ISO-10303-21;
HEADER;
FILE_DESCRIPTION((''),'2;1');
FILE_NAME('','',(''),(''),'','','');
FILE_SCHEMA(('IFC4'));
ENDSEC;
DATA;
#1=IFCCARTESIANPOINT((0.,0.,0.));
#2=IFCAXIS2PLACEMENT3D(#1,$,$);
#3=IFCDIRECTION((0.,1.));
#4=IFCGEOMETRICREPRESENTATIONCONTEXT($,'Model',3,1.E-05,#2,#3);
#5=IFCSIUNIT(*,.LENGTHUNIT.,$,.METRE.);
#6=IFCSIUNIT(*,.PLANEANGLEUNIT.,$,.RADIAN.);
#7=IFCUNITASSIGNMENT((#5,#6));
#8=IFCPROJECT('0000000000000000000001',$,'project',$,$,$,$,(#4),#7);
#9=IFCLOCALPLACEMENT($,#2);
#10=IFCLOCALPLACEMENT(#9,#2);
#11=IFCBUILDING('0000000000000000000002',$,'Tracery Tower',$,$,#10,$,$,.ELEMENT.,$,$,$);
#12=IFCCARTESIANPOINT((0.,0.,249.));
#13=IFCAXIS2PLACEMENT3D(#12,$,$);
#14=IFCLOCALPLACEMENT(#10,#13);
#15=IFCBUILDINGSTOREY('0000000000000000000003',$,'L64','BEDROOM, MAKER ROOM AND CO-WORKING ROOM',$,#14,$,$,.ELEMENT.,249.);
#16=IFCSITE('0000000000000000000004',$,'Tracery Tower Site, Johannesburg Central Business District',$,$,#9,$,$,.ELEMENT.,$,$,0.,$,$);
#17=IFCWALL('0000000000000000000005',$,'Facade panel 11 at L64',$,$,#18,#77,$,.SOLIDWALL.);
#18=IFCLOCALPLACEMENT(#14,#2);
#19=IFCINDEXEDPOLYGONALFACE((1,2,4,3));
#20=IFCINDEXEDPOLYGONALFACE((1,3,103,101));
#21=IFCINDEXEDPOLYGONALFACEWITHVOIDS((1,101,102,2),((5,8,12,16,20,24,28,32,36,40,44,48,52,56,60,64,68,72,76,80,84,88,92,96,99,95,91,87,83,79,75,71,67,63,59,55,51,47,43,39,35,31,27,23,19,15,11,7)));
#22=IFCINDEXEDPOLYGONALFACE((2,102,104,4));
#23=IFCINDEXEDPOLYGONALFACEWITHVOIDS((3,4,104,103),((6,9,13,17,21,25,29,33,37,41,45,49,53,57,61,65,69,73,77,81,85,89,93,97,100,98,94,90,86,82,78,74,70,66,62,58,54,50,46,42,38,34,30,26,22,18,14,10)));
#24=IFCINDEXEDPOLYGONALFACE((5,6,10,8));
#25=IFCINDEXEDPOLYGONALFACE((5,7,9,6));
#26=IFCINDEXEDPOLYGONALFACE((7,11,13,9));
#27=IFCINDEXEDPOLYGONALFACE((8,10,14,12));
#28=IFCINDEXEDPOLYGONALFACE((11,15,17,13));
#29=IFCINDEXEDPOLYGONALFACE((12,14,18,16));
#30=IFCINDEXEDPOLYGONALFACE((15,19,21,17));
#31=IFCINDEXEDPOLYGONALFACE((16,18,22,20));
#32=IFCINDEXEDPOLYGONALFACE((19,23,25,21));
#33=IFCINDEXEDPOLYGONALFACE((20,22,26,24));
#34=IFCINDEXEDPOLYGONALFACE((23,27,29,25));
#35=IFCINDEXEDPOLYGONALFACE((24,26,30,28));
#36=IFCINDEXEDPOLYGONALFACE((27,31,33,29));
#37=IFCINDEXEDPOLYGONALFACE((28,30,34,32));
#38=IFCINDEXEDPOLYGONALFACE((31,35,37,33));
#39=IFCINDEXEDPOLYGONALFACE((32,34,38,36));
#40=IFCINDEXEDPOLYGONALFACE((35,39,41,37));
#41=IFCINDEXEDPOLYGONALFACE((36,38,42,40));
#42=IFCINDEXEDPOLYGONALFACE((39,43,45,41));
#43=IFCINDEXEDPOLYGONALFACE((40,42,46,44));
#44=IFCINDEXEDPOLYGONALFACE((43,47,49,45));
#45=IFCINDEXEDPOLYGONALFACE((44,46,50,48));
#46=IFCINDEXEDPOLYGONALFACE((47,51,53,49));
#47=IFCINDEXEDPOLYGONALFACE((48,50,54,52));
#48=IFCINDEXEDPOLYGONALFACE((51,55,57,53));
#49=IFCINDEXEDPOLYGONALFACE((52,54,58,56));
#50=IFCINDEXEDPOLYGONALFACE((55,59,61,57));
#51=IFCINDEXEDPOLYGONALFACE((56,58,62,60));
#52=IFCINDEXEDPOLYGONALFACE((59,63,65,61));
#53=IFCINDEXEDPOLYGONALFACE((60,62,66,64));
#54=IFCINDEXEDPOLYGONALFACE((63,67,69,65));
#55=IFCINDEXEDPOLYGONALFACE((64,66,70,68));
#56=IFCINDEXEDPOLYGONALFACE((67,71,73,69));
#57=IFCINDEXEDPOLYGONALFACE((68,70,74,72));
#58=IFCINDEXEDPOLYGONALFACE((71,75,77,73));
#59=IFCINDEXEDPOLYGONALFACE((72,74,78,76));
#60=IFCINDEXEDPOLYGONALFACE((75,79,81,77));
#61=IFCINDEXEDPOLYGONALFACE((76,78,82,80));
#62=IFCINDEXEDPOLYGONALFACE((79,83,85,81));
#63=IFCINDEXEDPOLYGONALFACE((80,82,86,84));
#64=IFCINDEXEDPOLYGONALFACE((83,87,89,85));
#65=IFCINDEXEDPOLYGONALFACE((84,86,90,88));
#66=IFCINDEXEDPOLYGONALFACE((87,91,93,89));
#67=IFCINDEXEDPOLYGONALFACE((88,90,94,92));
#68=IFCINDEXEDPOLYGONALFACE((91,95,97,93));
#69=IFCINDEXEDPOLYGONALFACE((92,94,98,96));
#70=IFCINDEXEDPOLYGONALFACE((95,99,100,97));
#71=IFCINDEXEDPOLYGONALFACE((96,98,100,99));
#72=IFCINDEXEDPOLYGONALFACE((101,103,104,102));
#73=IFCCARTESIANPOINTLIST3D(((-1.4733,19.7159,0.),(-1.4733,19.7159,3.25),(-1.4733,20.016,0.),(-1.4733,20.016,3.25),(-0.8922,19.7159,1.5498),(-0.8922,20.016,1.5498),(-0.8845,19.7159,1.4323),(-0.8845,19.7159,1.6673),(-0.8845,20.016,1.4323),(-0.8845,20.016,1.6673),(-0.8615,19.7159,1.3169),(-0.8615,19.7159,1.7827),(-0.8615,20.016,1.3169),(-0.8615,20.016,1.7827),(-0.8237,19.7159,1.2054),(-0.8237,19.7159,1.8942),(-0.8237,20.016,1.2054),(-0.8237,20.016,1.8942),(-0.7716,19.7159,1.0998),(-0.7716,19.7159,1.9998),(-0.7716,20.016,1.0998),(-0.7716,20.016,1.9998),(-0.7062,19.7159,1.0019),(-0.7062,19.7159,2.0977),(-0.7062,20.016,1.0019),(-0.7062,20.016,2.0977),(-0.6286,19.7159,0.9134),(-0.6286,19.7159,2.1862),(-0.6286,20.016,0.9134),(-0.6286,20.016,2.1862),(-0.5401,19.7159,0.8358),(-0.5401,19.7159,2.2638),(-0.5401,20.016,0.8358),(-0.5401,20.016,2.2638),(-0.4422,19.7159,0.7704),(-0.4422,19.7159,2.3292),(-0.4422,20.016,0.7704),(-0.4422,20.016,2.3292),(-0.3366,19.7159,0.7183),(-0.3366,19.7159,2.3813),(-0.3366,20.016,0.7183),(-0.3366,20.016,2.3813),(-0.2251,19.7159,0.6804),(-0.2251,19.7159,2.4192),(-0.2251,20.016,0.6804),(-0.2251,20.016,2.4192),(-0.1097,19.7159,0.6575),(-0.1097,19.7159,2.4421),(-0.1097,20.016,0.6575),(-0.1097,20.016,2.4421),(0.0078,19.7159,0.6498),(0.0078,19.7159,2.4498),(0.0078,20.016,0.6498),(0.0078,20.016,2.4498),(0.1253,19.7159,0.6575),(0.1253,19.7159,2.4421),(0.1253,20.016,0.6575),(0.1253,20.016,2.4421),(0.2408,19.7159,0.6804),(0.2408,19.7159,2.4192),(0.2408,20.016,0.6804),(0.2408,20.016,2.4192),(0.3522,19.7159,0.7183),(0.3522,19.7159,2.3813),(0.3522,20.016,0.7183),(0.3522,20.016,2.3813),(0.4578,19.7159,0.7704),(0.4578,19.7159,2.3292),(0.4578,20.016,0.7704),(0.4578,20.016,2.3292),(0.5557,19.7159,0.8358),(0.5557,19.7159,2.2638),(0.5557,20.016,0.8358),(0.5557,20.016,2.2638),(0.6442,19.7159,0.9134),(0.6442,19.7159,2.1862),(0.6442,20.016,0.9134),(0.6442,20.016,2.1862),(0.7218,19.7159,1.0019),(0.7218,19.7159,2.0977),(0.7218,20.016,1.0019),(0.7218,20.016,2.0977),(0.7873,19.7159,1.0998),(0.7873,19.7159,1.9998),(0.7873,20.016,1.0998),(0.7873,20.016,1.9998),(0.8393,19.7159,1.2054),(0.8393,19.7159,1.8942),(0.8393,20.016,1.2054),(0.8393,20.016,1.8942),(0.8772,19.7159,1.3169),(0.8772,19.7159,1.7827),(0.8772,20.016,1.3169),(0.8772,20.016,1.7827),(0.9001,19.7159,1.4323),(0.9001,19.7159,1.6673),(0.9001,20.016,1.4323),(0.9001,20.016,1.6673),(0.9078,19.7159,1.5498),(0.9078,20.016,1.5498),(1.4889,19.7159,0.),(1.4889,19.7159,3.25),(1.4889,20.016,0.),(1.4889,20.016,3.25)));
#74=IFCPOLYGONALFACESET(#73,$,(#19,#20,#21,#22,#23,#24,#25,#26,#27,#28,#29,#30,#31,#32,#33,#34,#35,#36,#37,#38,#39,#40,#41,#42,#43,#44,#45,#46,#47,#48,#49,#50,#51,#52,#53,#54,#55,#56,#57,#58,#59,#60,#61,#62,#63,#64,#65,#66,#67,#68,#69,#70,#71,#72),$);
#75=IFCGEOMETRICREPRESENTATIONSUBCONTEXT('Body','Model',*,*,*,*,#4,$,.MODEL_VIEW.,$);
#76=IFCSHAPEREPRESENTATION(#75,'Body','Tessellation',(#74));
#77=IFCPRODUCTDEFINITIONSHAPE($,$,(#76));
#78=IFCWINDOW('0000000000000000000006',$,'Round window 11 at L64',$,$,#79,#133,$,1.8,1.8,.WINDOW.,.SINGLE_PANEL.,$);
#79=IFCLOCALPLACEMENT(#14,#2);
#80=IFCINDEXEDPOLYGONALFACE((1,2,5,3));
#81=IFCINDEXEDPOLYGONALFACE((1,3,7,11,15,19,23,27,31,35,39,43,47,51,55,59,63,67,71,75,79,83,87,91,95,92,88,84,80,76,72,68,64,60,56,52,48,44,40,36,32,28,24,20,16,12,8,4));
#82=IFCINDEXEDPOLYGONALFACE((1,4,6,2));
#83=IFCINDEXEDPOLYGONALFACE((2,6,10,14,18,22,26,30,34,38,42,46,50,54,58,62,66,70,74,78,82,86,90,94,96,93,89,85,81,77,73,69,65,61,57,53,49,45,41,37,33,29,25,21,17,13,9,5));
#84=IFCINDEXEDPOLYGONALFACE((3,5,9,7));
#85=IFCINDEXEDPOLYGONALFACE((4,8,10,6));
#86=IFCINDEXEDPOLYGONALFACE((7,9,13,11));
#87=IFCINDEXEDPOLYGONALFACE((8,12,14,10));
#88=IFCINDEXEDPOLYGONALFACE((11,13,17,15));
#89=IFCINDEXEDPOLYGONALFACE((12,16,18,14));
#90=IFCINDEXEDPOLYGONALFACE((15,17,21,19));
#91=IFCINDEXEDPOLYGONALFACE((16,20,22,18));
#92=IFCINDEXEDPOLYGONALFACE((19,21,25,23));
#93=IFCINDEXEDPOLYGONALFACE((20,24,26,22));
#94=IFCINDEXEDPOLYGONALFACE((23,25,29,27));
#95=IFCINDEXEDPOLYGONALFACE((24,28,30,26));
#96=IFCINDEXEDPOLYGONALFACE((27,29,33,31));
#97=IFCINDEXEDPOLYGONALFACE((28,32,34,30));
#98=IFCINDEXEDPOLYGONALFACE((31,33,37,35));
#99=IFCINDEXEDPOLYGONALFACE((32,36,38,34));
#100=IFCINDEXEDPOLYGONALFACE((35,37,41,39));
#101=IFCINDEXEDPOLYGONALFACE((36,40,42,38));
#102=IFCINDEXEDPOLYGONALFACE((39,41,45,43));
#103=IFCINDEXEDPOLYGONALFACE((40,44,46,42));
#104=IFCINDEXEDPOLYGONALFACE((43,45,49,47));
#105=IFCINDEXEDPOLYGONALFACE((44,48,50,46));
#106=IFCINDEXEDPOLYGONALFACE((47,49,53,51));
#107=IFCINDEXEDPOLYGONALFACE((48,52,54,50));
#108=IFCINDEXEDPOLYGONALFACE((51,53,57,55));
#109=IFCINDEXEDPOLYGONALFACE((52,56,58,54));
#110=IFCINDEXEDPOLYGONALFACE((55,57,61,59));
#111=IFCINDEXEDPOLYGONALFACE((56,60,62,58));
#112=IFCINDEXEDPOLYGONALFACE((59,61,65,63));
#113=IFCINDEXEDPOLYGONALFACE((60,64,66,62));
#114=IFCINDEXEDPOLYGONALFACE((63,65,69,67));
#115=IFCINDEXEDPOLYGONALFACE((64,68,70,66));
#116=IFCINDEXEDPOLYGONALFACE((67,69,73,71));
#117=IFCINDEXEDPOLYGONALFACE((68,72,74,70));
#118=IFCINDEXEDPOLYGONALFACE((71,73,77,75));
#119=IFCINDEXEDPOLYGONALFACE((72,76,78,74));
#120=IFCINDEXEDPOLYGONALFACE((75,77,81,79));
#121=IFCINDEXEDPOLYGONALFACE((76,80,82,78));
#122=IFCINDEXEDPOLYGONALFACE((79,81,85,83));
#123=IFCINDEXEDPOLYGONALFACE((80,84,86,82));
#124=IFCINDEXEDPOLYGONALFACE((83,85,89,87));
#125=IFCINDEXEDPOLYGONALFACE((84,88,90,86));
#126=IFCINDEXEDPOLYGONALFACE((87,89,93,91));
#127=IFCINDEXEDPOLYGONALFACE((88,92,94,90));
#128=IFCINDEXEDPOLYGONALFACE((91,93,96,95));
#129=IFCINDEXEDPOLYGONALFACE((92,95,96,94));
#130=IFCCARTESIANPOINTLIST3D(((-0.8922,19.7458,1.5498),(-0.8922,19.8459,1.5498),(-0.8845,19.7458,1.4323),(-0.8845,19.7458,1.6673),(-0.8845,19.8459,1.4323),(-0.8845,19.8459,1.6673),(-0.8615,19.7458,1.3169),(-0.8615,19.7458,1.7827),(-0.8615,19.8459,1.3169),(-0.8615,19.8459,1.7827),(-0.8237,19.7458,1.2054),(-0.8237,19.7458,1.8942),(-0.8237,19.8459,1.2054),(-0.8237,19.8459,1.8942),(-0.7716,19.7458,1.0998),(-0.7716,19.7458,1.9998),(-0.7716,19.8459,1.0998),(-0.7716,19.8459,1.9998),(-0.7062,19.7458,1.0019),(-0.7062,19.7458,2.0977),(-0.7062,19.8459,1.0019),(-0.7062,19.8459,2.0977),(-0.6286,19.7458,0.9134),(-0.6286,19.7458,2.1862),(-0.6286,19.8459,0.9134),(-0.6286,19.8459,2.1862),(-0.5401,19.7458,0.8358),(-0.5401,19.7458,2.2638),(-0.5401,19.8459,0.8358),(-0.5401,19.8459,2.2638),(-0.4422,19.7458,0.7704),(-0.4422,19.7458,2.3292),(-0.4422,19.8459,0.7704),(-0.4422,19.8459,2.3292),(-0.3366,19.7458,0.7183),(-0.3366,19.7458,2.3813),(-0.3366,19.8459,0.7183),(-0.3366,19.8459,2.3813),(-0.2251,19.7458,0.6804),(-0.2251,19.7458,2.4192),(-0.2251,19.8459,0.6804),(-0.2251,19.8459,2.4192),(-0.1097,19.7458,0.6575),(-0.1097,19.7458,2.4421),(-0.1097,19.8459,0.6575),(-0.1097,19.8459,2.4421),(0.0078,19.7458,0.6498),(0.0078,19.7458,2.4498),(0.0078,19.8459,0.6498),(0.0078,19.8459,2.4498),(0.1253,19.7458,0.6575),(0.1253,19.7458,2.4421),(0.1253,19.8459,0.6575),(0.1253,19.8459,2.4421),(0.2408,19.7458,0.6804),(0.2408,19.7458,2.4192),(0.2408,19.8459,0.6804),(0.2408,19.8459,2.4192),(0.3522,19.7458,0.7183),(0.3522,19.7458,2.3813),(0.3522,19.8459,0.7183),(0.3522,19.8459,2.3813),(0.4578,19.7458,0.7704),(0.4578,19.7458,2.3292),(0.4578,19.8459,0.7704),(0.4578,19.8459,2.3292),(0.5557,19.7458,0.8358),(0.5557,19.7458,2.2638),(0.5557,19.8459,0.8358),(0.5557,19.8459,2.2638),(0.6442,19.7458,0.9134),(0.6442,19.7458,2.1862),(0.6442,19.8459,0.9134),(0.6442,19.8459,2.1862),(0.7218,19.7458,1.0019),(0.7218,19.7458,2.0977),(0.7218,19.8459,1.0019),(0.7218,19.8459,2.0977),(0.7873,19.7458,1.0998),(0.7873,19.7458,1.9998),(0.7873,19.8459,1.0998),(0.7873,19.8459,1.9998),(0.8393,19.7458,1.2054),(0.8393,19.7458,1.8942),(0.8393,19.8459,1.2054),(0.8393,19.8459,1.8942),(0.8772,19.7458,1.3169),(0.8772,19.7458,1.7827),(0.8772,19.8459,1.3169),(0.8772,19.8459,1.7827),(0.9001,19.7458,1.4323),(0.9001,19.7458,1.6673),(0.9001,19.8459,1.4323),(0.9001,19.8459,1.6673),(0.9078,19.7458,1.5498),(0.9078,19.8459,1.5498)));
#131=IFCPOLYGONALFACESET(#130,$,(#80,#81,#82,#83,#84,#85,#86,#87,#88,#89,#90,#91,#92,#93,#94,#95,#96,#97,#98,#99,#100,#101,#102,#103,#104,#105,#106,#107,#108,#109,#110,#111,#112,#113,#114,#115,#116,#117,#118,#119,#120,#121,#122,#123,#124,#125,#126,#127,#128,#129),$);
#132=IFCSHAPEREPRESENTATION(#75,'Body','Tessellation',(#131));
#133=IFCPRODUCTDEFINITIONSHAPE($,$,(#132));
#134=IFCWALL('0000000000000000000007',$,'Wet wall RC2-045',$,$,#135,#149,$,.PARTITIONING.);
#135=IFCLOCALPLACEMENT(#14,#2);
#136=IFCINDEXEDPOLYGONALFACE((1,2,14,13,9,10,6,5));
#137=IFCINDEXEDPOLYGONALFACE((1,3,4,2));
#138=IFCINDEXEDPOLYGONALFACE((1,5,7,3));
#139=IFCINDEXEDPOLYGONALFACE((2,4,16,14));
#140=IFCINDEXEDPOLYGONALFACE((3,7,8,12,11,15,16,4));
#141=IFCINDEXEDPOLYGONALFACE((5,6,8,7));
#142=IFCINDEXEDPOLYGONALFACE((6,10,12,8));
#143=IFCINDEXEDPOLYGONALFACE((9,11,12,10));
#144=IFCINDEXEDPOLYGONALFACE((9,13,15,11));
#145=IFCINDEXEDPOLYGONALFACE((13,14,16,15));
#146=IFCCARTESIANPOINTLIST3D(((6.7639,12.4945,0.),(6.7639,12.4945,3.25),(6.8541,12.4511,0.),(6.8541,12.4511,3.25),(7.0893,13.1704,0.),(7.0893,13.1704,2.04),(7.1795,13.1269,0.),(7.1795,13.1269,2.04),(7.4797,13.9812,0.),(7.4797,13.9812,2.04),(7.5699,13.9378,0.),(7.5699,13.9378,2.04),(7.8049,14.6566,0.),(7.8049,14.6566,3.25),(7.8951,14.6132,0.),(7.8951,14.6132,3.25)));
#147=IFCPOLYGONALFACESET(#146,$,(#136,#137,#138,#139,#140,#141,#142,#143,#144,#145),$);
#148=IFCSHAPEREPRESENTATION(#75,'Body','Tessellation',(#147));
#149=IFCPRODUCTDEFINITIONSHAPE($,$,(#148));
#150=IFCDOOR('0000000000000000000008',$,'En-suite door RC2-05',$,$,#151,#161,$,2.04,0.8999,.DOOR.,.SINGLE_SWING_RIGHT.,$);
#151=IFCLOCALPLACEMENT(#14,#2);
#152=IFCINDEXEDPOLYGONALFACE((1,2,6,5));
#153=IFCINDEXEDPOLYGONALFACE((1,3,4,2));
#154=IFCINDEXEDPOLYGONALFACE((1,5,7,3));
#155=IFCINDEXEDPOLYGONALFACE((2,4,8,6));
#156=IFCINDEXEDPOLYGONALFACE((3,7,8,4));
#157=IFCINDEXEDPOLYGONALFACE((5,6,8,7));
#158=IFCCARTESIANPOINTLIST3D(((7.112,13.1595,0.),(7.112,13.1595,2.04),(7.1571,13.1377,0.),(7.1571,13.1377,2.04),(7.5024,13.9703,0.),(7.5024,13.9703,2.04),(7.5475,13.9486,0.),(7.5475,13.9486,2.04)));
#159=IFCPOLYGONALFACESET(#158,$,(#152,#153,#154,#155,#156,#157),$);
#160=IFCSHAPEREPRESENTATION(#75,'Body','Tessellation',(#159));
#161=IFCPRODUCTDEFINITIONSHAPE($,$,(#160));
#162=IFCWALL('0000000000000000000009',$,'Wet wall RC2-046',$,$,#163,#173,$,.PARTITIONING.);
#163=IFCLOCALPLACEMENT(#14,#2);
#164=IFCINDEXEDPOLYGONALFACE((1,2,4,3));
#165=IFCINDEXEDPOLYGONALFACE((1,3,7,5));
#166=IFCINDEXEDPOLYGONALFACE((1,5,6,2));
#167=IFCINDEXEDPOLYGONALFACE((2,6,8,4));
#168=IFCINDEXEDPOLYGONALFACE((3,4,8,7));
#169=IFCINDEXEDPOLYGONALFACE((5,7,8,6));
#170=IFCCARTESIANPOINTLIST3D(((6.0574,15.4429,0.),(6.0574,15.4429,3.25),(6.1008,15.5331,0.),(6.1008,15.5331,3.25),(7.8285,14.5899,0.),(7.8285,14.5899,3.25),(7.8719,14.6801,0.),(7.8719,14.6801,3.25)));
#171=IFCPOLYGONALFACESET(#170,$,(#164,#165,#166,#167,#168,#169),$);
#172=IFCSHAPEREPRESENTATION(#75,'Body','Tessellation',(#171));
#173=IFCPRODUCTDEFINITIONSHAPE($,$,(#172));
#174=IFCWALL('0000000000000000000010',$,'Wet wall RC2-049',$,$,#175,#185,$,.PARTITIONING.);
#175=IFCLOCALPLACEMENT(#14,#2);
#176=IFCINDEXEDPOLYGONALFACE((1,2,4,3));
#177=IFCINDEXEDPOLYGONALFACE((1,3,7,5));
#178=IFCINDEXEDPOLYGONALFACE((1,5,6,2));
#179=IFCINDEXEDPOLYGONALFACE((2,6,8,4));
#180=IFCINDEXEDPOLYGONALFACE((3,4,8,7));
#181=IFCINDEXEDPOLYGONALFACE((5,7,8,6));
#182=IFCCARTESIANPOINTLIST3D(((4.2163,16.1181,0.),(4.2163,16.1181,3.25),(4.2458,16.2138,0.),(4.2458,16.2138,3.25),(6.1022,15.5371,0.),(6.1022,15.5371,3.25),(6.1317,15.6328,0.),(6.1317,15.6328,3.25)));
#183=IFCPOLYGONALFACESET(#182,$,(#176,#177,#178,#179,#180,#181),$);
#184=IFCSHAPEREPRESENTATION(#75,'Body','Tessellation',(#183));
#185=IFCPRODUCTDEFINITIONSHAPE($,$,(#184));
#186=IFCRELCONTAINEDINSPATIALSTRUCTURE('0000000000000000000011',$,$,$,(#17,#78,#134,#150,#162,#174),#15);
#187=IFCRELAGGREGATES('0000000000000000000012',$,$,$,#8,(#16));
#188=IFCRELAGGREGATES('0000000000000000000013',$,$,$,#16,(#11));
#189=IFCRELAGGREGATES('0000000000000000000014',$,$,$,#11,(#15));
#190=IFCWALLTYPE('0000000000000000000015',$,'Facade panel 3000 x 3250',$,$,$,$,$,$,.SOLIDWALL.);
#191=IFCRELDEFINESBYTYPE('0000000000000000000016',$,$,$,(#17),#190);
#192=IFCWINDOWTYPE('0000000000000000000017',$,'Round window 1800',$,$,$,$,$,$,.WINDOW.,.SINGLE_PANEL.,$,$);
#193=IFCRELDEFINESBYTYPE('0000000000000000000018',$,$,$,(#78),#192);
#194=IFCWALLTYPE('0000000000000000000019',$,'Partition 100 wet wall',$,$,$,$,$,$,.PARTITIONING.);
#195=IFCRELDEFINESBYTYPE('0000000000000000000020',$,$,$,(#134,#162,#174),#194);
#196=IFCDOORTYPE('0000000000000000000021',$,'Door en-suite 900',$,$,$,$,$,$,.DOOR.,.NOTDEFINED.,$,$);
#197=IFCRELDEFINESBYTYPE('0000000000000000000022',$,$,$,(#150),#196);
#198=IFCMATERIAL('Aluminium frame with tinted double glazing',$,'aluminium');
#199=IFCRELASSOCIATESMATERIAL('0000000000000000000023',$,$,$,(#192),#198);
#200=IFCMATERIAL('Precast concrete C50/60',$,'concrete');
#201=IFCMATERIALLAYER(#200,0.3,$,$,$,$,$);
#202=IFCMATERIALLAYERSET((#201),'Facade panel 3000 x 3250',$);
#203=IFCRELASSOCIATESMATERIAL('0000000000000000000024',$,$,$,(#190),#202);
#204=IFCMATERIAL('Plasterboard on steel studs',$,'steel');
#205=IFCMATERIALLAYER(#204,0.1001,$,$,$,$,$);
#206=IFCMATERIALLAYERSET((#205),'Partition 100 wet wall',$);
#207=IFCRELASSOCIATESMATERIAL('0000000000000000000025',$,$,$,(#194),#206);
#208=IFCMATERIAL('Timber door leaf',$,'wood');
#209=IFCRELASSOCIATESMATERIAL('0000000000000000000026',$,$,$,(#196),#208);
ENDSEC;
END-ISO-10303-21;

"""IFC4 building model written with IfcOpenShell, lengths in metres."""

from ifc_helpers import new_model, si_unit, direction, frame, frame_2d, origin, origin_2d, place, context, subcontext, project, spatial, rectangle, circle, extrude, material, layer, layer_set, type_object, element, fill, save


model = new_model("IFC4")

# Units and contexts
model_context = context("Model", 3, precision=1e-05, world=origin(), true_north=direction((0.0, 1.0)))
body_context = subcontext(model_context, "Body", "Model", "MODEL_VIEW")
ifc_project = project(units=[si_unit("LENGTHUNIT", "METRE"), si_unit("PLANEANGLEUNIT", "RADIAN")], contexts=[model_context])

# Site, building, storey
site_placement = place(None, origin())
site = spatial("IfcSite", under=ifc_project, at=site_placement, Name="Tracery Tower Site, Johannesburg Central Business District", CompositionType="ELEMENT", RefElevation=0.0)
building_placement = place(site_placement, origin())
building = spatial("IfcBuilding", under=site, at=building_placement, Name="Tracery Tower", CompositionType="ELEMENT")
storey_placement = place(building_placement, frame((0.0, 0.0, 249.0)))
storey = spatial("IfcBuildingStorey", under=building, at=storey_placement, Name="L64", Description="BEDROOM, MAKER ROOM AND CO-WORKING ROOM", CompositionType="ELEMENT", Elevation=249.0)

# Wall, opening, window
ifc_material_1 = material(Name="Aluminium frame with tinted double glazing", Category="aluminium")
window_type = type_object("IfcWindowType", Name="Round window 1800", PartitioningType="SINGLE_PANEL", PredefinedType="WINDOW", material=ifc_material_1)
ifc_material_2 = material(Name="Precast concrete C50/60", Category="concrete")
ifc_layer_1 = layer(ifc_material_2, 0.3)
ifc_layer_set_1 = layer_set([ifc_layer_1], Name="Facade panel 3000 x 3250")
wall_type_1 = type_object("IfcWallType", Name="Facade panel 3000 x 3250", PredefinedType="SOLIDWALL", material=ifc_layer_set_1)
wall_1_placement = place(storey_placement, frame((1.4888, 19.866, 0.0), z_axis=(0.0, 0.0, 1.0), x_axis=(-1.0, 0.0, 0.0)))
wall_1 = element("IfcWall", 1, at=wall_1_placement, inside=storey, type_object=wall_type_1, Name="Facade panel 11 at L64", PredefinedType="SOLIDWALL", context=body_context, shape_type="SweptSolid", body=[
    extrude(rectangle(XDim=2.9622, YDim=0.3, at=frame_2d((1.481, 0.0))), origin(), (0.0, 0.0, 1.0), 3.25),
])
opening_1_placement = place(wall_1_placement, frame((1.481, 0.0, 1.5498)))
opening_1 = element("IfcOpeningElement", 2, at=opening_1_placement, cuts=wall_1, PredefinedType="OPENING", context=body_context, shape_type="SweptSolid", body=[
    extrude(circle(Radius=0.9, at=origin_2d()), frame((0.0, 0.1599, 0.0), z_axis=(0.0, -1.0, 0.0), x_axis=(1.0, 0.0, 0.0)), (0.0, 0.0, 1.0), 0.3201),
])
window_1_placement = place(opening_1_placement, origin())
window_1 = element("IfcWindow", 3, at=window_1_placement, inside=storey, type_object=window_type, Name="Round window 11 at L64", OverallHeight=1.8, OverallWidth=1.8, PartitioningType="SINGLE_PANEL", PredefinedType="WINDOW", context=body_context, shape_type="SweptSolid", body=[
    extrude(circle(Radius=0.9, at=origin_2d()), frame((0.0, 0.1201, 0.0), z_axis=(0.0, -1.0, 0.0), x_axis=(1.0, 0.0, 0.0)), (0.0, 0.0, 1.0), 0.1001),
])
fill(opening_1, window_1)

# Wall, opening, door
ifc_material_3 = material(Name="Plasterboard on steel studs", Category="steel")
ifc_layer_2 = layer(ifc_material_3, 0.1001)
ifc_layer_set_2 = layer_set([ifc_layer_2], Name="Partition 100 wet wall")
wall_type_2 = type_object("IfcWallType", Name="Partition 100 wet wall", PredefinedType="PARTITIONING", material=ifc_layer_set_2)
wall_2_placement = place(storey_placement, frame((6.8091, 12.4729, 0.0), z_axis=(0.0, 0.0, 1.0), x_axis=(0.433816, 0.901002, 0.0)))
wall_2 = element("IfcWall", 4, at=wall_2_placement, inside=storey, type_object=wall_type_2, Name="Wet wall RC2-045", PredefinedType="PARTITIONING", context=body_context, shape_type="SweptSolid", body=[
    extrude(rectangle(XDim=2.3997, YDim=0.1001, at=frame_2d((1.1997, 0.0))), origin(), (0.0, 0.0, 1.0), 3.25),
])
opening_2_placement = place(wall_2_placement, frame((0.75, 0.0, 0.0)))
opening_2 = element("IfcOpeningElement", 5, at=opening_2_placement, cuts=wall_2, PredefinedType="OPENING", context=body_context, shape_type="SweptSolid", body=[
    extrude(rectangle(XDim=0.8999, YDim=2.04, at=frame_2d((0.45, 1.02))), frame((0.0, 0.05, 0.0), z_axis=(0.0, -1.0, 0.0), x_axis=(1.0, 0.0, 0.0)), (0.0, 0.0, 1.0), 0.1001),
])
ifc_material_4 = material(Name="Timber door leaf", Category="wood")
door_type_1 = type_object("IfcDoorType", Name="Door en-suite 900", OperationType="NOTDEFINED", PredefinedType="DOOR", material=ifc_material_4)
door_1_placement = place(opening_2_placement, origin())
door_1 = element("IfcDoor", 6, at=door_1_placement, inside=storey, type_object=door_type_1, Name="En-suite door RC2-05", OperationType="SINGLE_SWING_RIGHT", OverallHeight=2.04, OverallWidth=0.8999, PredefinedType="DOOR", context=body_context, shape_type="SweptSolid", body=[
    extrude(rectangle(XDim=0.8999, YDim=2.04, at=frame_2d((0.45, 1.02))), frame((0.0, 0.0249, 0.0), z_axis=(0.0, -1.0, 0.0), x_axis=(1.0, 0.0, 0.0)), (0.0, 0.0, 1.0), 0.05),
])
fill(opening_2, door_1)

# Walls
wall_3_placement = place(storey_placement, frame((6.0791, 15.488, 0.0), z_axis=(0.0, 0.0, 1.0), x_axis=(0.900937, -0.43395, 0.0)))
element("IfcWall", 7, at=wall_3_placement, inside=storey, type_object=wall_type_2, Name="Wet wall RC2-046", PredefinedType="PARTITIONING", context=body_context, shape_type="SweptSolid", body=[
    extrude(rectangle(XDim=1.9658, YDim=0.1001, at=frame_2d((0.9829, 0.0))), origin(), (0.0, 0.0, 1.0), 3.25),
])
wall_4_placement = place(storey_placement, frame((4.231, 16.166, 0.0), z_axis=(0.0, 0.0, 1.0), x_axis=(0.955672, -0.294434, 0.0)))
element("IfcWall", 8, at=wall_4_placement, inside=storey, type_object=wall_type_2, Name="Wet wall RC2-049", PredefinedType="PARTITIONING", context=body_context, shape_type="SweptSolid", body=[
    extrude(rectangle(XDim=1.9734, YDim=0.1001, at=frame_2d((0.9868, 0.0))), origin(), (0.0, 0.0, 1.0), 3.25),
])

save(model, "model.ifc")
